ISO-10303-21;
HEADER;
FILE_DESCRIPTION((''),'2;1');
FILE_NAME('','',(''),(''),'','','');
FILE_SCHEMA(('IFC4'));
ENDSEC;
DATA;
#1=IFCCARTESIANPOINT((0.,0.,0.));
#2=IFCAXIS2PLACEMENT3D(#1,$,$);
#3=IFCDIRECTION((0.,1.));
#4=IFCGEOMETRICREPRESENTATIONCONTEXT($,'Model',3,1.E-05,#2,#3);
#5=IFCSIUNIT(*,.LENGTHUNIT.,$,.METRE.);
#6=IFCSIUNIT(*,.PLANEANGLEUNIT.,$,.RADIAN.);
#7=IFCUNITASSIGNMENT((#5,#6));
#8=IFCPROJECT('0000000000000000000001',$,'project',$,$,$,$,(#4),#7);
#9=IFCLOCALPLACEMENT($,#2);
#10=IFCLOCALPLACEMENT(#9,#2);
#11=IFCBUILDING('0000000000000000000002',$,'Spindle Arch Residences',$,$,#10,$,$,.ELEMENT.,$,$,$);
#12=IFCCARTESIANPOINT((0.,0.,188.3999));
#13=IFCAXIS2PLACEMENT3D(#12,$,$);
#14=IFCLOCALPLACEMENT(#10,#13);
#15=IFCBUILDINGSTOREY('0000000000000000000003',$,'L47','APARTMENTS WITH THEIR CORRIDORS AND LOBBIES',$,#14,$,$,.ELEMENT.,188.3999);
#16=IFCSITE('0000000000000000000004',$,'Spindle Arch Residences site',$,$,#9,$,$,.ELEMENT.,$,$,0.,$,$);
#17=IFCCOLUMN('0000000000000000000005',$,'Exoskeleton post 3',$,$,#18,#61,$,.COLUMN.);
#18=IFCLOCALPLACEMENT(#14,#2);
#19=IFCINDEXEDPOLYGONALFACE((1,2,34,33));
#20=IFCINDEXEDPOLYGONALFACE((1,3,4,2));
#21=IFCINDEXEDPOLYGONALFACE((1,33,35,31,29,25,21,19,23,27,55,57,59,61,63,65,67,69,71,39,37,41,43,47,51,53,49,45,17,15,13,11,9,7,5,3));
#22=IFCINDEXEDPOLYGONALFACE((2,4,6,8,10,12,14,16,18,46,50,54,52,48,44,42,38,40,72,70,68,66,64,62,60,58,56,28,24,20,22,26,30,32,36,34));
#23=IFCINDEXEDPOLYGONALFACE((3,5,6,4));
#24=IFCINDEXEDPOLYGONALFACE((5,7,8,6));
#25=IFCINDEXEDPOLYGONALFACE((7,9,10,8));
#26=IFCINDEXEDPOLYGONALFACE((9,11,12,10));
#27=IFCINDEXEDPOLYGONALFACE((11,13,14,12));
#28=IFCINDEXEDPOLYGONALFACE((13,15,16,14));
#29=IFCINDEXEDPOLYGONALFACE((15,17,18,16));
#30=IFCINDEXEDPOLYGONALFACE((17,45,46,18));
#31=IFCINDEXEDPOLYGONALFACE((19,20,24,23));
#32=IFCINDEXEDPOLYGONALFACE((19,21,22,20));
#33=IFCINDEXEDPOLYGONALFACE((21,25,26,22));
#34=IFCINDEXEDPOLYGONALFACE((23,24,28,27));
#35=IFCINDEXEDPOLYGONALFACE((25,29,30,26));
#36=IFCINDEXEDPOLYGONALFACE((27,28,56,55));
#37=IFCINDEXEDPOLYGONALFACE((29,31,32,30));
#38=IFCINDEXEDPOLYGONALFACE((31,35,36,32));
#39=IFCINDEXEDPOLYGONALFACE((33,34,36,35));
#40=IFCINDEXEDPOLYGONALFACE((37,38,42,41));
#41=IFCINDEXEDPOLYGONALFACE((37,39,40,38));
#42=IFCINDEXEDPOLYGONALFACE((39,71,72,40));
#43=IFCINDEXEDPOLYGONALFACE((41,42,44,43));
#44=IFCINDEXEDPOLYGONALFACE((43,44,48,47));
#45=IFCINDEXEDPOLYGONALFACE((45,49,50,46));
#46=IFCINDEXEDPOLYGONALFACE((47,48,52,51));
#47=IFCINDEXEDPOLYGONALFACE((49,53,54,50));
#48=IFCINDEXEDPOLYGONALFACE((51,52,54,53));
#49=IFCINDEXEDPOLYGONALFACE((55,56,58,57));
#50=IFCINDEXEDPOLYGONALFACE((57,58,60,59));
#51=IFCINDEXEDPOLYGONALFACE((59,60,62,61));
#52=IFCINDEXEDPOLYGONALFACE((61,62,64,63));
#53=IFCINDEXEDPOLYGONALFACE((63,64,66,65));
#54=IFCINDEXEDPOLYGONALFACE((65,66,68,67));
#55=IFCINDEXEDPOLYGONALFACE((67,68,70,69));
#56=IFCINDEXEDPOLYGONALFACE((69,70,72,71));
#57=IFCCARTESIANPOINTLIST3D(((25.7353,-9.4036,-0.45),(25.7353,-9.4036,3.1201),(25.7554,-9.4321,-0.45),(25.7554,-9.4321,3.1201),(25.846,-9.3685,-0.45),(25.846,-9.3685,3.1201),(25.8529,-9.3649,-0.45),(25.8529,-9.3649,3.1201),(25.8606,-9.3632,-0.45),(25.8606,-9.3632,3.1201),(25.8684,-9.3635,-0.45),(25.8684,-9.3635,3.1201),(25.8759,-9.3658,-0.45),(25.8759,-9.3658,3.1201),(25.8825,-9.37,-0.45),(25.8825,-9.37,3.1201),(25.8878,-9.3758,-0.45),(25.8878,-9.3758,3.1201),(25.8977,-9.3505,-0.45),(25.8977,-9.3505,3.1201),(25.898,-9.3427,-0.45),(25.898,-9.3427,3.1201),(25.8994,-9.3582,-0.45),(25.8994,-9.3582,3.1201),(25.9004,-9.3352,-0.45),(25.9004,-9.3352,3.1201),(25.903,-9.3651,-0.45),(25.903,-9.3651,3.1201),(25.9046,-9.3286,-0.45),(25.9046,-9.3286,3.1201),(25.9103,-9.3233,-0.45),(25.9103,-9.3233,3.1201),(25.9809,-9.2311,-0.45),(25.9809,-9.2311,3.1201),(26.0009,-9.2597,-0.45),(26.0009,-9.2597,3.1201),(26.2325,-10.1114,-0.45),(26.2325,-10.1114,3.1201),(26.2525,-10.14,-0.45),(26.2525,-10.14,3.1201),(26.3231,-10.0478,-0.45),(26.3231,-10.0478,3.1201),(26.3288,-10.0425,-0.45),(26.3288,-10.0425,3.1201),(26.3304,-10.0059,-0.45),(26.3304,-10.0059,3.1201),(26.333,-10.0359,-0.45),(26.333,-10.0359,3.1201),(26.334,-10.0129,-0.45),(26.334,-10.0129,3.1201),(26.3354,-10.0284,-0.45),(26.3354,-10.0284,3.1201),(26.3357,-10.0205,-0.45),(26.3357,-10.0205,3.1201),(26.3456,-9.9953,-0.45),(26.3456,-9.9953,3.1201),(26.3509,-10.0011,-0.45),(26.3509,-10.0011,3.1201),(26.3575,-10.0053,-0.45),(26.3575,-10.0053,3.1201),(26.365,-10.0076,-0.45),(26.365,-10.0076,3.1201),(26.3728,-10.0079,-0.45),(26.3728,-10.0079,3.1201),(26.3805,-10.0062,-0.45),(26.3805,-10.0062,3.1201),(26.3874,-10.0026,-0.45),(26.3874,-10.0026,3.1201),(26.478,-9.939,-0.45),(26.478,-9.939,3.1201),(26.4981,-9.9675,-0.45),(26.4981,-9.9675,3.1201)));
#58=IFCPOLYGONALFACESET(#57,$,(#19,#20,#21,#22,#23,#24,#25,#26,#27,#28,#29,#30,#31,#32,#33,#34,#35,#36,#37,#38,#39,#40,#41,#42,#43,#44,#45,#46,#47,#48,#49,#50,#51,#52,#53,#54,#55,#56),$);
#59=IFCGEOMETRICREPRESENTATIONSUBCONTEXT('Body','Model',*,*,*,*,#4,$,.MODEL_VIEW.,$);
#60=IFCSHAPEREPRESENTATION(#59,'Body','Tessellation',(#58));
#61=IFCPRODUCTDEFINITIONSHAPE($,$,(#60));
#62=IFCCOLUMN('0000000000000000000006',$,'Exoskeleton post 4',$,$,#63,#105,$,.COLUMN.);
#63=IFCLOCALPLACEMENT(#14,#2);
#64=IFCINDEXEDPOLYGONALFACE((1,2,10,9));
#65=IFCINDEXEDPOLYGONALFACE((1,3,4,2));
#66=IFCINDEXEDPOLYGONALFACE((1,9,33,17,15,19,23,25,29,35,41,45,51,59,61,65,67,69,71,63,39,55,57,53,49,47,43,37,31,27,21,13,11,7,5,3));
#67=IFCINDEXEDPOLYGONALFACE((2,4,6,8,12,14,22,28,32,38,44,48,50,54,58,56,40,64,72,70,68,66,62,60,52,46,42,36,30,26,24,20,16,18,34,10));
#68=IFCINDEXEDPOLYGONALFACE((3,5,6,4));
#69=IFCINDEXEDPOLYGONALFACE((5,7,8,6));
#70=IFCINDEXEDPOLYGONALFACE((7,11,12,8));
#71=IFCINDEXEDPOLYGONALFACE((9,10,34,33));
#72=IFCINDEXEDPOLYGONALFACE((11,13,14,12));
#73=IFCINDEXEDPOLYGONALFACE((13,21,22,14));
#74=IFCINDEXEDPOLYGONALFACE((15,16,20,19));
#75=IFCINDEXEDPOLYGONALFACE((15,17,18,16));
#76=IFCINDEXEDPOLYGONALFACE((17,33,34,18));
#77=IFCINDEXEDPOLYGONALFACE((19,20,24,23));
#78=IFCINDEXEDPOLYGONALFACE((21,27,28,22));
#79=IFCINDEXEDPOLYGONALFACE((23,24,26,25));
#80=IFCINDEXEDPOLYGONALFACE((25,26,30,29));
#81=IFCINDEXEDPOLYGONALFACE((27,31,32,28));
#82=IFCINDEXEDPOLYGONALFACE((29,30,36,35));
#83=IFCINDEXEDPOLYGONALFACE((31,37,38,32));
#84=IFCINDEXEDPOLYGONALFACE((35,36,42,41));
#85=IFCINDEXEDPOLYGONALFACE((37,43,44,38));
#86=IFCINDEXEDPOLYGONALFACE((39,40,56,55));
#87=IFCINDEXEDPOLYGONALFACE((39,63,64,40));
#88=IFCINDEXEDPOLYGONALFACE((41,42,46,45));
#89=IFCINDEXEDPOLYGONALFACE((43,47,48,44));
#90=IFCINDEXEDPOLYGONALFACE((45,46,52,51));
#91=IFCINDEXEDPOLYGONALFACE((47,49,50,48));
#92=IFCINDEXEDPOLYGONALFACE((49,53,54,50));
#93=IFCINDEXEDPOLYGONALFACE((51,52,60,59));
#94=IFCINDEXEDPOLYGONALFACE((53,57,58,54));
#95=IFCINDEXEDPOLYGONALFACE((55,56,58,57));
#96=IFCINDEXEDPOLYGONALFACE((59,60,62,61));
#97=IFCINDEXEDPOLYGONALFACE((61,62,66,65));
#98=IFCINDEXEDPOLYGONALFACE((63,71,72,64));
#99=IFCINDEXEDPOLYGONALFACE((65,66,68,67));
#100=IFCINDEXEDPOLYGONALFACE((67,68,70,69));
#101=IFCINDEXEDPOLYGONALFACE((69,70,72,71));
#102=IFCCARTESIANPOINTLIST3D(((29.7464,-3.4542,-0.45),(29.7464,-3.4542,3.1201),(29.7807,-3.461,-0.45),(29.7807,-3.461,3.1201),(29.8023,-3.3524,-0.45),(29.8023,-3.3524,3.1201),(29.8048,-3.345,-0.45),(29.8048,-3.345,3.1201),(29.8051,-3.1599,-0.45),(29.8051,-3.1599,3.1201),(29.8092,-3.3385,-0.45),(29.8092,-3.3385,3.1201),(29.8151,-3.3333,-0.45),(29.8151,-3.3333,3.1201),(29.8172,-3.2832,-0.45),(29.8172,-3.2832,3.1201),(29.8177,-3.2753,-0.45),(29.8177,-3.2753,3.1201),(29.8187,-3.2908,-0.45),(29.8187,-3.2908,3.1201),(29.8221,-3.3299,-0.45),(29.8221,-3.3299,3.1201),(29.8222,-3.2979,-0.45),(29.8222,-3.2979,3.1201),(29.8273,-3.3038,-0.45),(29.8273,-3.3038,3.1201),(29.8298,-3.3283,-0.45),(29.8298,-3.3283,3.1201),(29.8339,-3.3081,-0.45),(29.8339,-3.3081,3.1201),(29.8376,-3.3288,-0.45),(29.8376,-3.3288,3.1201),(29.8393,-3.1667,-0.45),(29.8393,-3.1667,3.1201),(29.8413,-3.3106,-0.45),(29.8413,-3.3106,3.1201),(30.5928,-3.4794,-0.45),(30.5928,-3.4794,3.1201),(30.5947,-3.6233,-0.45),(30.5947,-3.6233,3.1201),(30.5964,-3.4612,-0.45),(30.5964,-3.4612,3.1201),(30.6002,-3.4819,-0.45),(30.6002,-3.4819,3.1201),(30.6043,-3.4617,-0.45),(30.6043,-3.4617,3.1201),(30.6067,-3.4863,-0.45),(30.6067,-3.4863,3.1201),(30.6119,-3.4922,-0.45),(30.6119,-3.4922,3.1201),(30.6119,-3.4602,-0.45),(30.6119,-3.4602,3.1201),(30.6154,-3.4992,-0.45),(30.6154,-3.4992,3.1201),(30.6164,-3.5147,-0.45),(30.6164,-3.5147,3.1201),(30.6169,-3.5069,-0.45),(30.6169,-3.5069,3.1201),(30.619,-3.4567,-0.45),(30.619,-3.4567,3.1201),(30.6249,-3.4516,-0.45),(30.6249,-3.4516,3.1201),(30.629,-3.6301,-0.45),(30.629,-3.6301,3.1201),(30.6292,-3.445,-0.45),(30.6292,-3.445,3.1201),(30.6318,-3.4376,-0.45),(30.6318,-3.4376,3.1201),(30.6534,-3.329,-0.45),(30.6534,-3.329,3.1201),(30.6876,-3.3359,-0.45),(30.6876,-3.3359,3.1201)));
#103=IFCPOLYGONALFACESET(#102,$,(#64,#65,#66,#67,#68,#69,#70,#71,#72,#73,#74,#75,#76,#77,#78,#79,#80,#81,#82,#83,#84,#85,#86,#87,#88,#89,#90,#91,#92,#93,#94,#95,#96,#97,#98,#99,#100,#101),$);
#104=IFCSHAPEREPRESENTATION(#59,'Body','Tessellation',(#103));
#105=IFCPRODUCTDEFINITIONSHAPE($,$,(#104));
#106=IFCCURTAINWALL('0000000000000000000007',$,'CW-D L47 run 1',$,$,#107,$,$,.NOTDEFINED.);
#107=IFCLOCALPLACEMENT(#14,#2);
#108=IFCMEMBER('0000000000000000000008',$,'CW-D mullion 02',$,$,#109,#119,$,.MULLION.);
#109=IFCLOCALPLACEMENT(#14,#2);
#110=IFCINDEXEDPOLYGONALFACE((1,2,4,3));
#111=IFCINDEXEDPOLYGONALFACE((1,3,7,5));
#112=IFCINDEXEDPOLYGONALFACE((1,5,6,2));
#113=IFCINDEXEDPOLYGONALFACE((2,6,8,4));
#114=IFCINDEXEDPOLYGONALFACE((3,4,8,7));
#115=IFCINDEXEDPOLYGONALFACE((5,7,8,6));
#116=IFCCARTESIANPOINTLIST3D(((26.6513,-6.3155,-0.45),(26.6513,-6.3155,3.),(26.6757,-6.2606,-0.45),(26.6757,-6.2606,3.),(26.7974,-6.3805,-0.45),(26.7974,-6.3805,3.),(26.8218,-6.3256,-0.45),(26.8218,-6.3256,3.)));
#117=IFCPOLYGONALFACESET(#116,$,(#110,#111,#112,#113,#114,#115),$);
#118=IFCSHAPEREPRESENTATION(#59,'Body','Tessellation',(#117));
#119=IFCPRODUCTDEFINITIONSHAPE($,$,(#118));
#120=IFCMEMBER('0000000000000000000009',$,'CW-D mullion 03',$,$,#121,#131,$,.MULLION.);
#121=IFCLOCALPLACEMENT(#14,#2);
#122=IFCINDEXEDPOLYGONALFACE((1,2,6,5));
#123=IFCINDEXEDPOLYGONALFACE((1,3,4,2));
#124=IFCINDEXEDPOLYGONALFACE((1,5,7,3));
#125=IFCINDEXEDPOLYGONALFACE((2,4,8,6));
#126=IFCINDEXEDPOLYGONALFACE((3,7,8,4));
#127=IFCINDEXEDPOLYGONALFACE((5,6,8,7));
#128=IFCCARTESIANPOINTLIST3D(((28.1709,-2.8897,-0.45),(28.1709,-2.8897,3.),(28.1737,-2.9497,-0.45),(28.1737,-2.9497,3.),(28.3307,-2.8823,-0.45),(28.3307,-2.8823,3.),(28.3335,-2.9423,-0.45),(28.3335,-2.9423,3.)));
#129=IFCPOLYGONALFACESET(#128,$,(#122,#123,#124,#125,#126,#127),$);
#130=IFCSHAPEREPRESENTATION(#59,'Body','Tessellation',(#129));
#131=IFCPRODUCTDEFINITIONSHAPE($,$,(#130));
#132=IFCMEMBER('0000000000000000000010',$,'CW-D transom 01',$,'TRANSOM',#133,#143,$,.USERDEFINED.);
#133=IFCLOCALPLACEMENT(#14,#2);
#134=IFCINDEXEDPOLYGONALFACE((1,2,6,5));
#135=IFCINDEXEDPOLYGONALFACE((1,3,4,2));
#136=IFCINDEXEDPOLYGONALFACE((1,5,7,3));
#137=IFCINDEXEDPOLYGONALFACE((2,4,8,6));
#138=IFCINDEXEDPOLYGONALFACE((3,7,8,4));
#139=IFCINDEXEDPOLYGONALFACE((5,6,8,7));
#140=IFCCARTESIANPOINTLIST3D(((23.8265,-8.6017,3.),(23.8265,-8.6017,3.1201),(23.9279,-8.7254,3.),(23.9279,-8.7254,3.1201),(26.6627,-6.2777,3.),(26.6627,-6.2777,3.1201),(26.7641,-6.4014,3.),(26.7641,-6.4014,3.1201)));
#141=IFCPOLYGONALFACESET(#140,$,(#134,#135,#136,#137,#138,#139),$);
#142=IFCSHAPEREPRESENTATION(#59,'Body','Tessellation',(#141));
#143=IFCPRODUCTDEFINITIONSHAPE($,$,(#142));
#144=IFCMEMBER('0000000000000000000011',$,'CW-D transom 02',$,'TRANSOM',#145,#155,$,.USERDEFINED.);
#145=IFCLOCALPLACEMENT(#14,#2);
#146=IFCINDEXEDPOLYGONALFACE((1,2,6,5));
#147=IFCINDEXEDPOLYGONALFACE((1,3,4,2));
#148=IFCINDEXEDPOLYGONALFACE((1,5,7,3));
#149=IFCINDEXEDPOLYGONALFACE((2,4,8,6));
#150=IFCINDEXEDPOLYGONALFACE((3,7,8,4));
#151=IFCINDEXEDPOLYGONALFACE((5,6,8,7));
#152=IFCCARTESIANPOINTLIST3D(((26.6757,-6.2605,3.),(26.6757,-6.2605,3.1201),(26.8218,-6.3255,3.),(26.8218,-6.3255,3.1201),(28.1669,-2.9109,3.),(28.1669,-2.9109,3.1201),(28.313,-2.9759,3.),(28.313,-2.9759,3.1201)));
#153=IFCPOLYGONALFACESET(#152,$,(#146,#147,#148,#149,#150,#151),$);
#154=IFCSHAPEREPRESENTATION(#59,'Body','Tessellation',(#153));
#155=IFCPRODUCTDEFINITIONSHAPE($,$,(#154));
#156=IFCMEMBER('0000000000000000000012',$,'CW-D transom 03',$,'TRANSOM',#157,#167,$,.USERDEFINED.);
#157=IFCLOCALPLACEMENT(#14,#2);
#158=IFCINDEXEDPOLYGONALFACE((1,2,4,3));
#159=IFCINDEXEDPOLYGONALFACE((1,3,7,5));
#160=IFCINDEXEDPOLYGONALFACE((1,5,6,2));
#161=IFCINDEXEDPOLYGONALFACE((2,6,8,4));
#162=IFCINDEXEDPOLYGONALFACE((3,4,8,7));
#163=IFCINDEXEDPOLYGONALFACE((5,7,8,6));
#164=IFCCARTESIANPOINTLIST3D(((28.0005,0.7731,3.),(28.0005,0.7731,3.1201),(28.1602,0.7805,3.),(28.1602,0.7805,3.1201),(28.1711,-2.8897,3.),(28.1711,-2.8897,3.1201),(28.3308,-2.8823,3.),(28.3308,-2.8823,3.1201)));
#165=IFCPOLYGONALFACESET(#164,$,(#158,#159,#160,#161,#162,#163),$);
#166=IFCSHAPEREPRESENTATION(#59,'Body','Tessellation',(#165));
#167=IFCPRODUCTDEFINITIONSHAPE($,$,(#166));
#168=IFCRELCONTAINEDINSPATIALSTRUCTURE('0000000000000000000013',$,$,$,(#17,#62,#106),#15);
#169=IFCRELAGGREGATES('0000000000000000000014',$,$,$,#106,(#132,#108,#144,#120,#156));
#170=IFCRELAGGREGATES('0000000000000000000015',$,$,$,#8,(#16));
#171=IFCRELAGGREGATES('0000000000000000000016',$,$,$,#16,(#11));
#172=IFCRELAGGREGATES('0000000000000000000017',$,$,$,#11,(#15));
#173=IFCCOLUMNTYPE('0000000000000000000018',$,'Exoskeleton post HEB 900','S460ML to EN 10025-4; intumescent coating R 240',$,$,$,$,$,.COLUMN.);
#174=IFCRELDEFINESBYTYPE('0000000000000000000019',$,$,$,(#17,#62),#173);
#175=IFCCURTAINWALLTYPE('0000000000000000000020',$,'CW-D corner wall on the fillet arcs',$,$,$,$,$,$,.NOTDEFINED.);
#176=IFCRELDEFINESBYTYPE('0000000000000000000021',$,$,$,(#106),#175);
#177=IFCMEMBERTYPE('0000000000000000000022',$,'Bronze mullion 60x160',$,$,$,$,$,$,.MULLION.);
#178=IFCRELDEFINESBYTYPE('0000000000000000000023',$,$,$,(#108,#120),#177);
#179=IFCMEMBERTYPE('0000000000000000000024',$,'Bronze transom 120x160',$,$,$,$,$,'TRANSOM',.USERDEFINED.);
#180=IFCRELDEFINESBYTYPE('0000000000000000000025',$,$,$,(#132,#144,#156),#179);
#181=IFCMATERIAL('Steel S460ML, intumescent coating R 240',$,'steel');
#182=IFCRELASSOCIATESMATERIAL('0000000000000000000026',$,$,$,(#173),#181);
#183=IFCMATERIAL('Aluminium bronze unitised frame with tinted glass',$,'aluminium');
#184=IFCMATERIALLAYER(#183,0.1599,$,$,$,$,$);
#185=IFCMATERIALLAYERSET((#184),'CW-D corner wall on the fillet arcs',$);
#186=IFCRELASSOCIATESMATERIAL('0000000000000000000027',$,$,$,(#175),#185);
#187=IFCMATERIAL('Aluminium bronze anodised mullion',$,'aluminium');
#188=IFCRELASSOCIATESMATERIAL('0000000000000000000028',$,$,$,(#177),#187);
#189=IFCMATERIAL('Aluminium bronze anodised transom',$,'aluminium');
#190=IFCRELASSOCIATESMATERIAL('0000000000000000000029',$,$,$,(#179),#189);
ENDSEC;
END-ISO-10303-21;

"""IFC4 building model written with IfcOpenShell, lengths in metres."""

from ifc_helpers import new_model, si_unit, direction, frame, origin, origin_2d, place, context, subcontext, project, spatial, rectangle, i_section, extrude, material, layer, layer_set, material_profile, profile_set, type_object, element, aggregate, save


model = new_model("IFC4")

# Units and contexts
model_context = context("Model", 3, precision=1e-05, world=origin(), true_north=direction((0.0, 1.0)))
body_context = subcontext(model_context, "Body", "Model", "MODEL_VIEW")
ifc_project = project(units=[si_unit("LENGTHUNIT", "METRE"), si_unit("PLANEANGLEUNIT", "RADIAN")], contexts=[model_context])

# Site, building, storey
site_placement = place(None, origin())
site = spatial("IfcSite", under=ifc_project, at=site_placement, Name="Spindle Arch Residences site", CompositionType="ELEMENT", RefElevation=0.0)
building_placement = place(site_placement, origin())
building = spatial("IfcBuilding", under=site, at=building_placement, Name="Spindle Arch Residences", CompositionType="ELEMENT")
storey_placement = place(building_placement, frame((0.0, 0.0, 188.3999)))
storey = spatial("IfcBuildingStorey", under=building, at=storey_placement, Name="L47", Description="APARTMENTS WITH THEIR CORRIDORS AND LOBBIES", CompositionType="ELEMENT", Elevation=188.3999)

# Columns
ifc_material_1 = material(Name="Steel S460ML, intumescent coating R 240", Category="steel")
ifc_material_profile_1 = material_profile(ifc_material_1, i_section(OverallWidth=0.3, OverallDepth=0.8999, WebThickness=0.0186, FlangeThickness=0.0349, FilletRadius=0.03, at=origin_2d()), Name="HEB 900")
ifc_profile_set_1 = profile_set([ifc_material_profile_1], Name="Steel S460ML, intumescent coating R 240")
column_type = type_object("IfcColumnType", Name="Exoskeleton post HEB 900", Description="S460ML to EN 10025-4; intumescent coating R 240", PredefinedType="COLUMN", material=ifc_profile_set_1)
for number, where, z_axis, x_axis, name in (
    (1, (26.1167, -9.6855, -0.45), (0.0, 0.0, 1.0), (-0.818345, -0.574727, 0.0), "Exoskeleton post 3"),
    (2, (30.217, -3.395, -0.45), (0.0, 0.0, 1.0), (-0.195505, -0.980703, 0.0), "Exoskeleton post 4"),
):
    element("IfcColumn", number, at=place(storey_placement, frame(where, z_axis=z_axis, x_axis=x_axis)), inside=storey, type_object=column_type, Name=name, PredefinedType="COLUMN", context=body_context, shape_type="SweptSolid", body=[
        extrude(i_section(OverallWidth=0.3, OverallDepth=0.8999, WebThickness=0.0186, FlangeThickness=0.0349, FilletRadius=0.03, at=origin_2d()), origin(), (0.0, 0.0, 1.0), 3.5701),
    ])

# Curtain wall, members
ifc_material_2 = material(Name="Aluminium bronze unitised frame with tinted glass", Category="aluminium")
ifc_layer_1 = layer(ifc_material_2, 0.1599)
ifc_layer_set_1 = layer_set([ifc_layer_1], Name="CW-D corner wall on the fillet arcs")
curtain_wall_type = type_object("IfcCurtainWallType", Name="CW-D corner wall on the fillet arcs", PredefinedType="NOTDEFINED", material=ifc_layer_set_1)
curtain_wall_placement = place(storey_placement, origin())
curtain_wall = element("IfcCurtainWall", 3, at=curtain_wall_placement, inside=storey, type_object=curtain_wall_type, Name="CW-D L47 run 1", PredefinedType="NOTDEFINED")
ifc_material_3 = material(Name="Aluminium bronze anodised mullion", Category="aluminium")
ifc_material_profile_2 = material_profile(ifc_material_3, rectangle(XDim=0.1599, YDim=0.0601, at=origin_2d()), Name="MU 60x160")
ifc_profile_set_2 = profile_set([ifc_material_profile_2], Name="Aluminium bronze anodised mullion")
member_type_1 = type_object("IfcMemberType", Name="Bronze mullion 60x160", PredefinedType="MULLION", material=ifc_profile_set_2)
member_1_placement = place(storey_placement, frame((26.7366, -6.3206, -0.45), z_axis=(0.0, 0.0, 1.0), x_axis=(-0.913545, 0.406737, 0.0)))
member_1 = element("IfcMember", 4, at=member_1_placement, type_object=member_type_1, Name="CW-D mullion 02", PredefinedType="MULLION", context=body_context, shape_type="SweptSolid", body=[
    extrude(rectangle(XDim=0.1599, YDim=0.0601, at=origin_2d()), origin(), (0.0, 0.0, 1.0), 3.45),
])
member_2_placement = place(storey_placement, frame((28.2522, -2.916, -0.45), z_axis=(0.0, 0.0, 1.0), x_axis=(-0.998917, -0.046525, 0.0)))
member_2 = element("IfcMember", 5, at=member_2_placement, type_object=member_type_1, Name="CW-D mullion 03", PredefinedType="MULLION", context=body_context, shape_type="SweptSolid", body=[
    extrude(rectangle(XDim=0.1599, YDim=0.0601, at=origin_2d()), origin(), (0.0, 0.0, 1.0), 3.45),
])
ifc_material_4 = material(Name="Aluminium bronze anodised transom", Category="aluminium")
ifc_material_profile_3 = material_profile(ifc_material_4, rectangle(XDim=0.1599, YDim=0.1201, at=origin_2d()), Name="TR 120x160")
ifc_profile_set_3 = profile_set([ifc_material_profile_3], Name="Aluminium bronze anodised transom")
member_type_2 = type_object("IfcMemberType", Name="Bronze transom 120x160", ElementType="TRANSOM", PredefinedType="USERDEFINED", material=ifc_profile_set_3)
member_3_placement = place(storey_placement, frame((23.8772, -8.6636, 3.0601), z_axis=(0.773494, 0.633803, 0.0), x_axis=(-0.633803, 0.773494, 0.0)))
member_3 = element("IfcMember", 6, at=member_3_placement, type_object=member_type_2, Name="CW-D transom 01", ObjectType="TRANSOM", PredefinedType="USERDEFINED", context=body_context, shape_type="SweptSolid", body=[
    extrude(rectangle(XDim=0.1599, YDim=0.1201, at=origin_2d()), origin(), (0.0, 0.0, 1.0), 3.6667),
])
member_4_placement = place(storey_placement, frame((26.7488, -6.293, 3.0601), z_axis=(0.406707, 0.913559, 0.0), x_axis=(-0.913559, 0.406707, 0.0)))
member_4 = element("IfcMember", 7, at=member_4_placement, type_object=member_type_2, Name="CW-D transom 02", ObjectType="TRANSOM", PredefinedType="USERDEFINED", context=body_context, shape_type="SweptSolid", body=[
    extrude(rectangle(XDim=0.1599, YDim=0.1201, at=origin_2d()), origin(), (0.0, 0.0, 1.0), 3.6665),
])
member_5_placement = place(storey_placement, frame((28.251, -2.886, 3.0601), z_axis=(-0.04654, 0.998916, 0.0), x_axis=(-0.998916, -0.04654, 0.0)))
member_5 = element("IfcMember", 8, at=member_5_placement, type_object=member_type_2, Name="CW-D transom 03", ObjectType="TRANSOM", PredefinedType="USERDEFINED", context=body_context, shape_type="SweptSolid", body=[
    extrude(rectangle(XDim=0.1599, YDim=0.1201, at=origin_2d()), origin(), (0.0, 0.0, 1.0), 3.6667),
])

aggregate(curtain_wall, [member_3, member_1, member_4, member_2, member_5])

save(model, "model.ifc")
